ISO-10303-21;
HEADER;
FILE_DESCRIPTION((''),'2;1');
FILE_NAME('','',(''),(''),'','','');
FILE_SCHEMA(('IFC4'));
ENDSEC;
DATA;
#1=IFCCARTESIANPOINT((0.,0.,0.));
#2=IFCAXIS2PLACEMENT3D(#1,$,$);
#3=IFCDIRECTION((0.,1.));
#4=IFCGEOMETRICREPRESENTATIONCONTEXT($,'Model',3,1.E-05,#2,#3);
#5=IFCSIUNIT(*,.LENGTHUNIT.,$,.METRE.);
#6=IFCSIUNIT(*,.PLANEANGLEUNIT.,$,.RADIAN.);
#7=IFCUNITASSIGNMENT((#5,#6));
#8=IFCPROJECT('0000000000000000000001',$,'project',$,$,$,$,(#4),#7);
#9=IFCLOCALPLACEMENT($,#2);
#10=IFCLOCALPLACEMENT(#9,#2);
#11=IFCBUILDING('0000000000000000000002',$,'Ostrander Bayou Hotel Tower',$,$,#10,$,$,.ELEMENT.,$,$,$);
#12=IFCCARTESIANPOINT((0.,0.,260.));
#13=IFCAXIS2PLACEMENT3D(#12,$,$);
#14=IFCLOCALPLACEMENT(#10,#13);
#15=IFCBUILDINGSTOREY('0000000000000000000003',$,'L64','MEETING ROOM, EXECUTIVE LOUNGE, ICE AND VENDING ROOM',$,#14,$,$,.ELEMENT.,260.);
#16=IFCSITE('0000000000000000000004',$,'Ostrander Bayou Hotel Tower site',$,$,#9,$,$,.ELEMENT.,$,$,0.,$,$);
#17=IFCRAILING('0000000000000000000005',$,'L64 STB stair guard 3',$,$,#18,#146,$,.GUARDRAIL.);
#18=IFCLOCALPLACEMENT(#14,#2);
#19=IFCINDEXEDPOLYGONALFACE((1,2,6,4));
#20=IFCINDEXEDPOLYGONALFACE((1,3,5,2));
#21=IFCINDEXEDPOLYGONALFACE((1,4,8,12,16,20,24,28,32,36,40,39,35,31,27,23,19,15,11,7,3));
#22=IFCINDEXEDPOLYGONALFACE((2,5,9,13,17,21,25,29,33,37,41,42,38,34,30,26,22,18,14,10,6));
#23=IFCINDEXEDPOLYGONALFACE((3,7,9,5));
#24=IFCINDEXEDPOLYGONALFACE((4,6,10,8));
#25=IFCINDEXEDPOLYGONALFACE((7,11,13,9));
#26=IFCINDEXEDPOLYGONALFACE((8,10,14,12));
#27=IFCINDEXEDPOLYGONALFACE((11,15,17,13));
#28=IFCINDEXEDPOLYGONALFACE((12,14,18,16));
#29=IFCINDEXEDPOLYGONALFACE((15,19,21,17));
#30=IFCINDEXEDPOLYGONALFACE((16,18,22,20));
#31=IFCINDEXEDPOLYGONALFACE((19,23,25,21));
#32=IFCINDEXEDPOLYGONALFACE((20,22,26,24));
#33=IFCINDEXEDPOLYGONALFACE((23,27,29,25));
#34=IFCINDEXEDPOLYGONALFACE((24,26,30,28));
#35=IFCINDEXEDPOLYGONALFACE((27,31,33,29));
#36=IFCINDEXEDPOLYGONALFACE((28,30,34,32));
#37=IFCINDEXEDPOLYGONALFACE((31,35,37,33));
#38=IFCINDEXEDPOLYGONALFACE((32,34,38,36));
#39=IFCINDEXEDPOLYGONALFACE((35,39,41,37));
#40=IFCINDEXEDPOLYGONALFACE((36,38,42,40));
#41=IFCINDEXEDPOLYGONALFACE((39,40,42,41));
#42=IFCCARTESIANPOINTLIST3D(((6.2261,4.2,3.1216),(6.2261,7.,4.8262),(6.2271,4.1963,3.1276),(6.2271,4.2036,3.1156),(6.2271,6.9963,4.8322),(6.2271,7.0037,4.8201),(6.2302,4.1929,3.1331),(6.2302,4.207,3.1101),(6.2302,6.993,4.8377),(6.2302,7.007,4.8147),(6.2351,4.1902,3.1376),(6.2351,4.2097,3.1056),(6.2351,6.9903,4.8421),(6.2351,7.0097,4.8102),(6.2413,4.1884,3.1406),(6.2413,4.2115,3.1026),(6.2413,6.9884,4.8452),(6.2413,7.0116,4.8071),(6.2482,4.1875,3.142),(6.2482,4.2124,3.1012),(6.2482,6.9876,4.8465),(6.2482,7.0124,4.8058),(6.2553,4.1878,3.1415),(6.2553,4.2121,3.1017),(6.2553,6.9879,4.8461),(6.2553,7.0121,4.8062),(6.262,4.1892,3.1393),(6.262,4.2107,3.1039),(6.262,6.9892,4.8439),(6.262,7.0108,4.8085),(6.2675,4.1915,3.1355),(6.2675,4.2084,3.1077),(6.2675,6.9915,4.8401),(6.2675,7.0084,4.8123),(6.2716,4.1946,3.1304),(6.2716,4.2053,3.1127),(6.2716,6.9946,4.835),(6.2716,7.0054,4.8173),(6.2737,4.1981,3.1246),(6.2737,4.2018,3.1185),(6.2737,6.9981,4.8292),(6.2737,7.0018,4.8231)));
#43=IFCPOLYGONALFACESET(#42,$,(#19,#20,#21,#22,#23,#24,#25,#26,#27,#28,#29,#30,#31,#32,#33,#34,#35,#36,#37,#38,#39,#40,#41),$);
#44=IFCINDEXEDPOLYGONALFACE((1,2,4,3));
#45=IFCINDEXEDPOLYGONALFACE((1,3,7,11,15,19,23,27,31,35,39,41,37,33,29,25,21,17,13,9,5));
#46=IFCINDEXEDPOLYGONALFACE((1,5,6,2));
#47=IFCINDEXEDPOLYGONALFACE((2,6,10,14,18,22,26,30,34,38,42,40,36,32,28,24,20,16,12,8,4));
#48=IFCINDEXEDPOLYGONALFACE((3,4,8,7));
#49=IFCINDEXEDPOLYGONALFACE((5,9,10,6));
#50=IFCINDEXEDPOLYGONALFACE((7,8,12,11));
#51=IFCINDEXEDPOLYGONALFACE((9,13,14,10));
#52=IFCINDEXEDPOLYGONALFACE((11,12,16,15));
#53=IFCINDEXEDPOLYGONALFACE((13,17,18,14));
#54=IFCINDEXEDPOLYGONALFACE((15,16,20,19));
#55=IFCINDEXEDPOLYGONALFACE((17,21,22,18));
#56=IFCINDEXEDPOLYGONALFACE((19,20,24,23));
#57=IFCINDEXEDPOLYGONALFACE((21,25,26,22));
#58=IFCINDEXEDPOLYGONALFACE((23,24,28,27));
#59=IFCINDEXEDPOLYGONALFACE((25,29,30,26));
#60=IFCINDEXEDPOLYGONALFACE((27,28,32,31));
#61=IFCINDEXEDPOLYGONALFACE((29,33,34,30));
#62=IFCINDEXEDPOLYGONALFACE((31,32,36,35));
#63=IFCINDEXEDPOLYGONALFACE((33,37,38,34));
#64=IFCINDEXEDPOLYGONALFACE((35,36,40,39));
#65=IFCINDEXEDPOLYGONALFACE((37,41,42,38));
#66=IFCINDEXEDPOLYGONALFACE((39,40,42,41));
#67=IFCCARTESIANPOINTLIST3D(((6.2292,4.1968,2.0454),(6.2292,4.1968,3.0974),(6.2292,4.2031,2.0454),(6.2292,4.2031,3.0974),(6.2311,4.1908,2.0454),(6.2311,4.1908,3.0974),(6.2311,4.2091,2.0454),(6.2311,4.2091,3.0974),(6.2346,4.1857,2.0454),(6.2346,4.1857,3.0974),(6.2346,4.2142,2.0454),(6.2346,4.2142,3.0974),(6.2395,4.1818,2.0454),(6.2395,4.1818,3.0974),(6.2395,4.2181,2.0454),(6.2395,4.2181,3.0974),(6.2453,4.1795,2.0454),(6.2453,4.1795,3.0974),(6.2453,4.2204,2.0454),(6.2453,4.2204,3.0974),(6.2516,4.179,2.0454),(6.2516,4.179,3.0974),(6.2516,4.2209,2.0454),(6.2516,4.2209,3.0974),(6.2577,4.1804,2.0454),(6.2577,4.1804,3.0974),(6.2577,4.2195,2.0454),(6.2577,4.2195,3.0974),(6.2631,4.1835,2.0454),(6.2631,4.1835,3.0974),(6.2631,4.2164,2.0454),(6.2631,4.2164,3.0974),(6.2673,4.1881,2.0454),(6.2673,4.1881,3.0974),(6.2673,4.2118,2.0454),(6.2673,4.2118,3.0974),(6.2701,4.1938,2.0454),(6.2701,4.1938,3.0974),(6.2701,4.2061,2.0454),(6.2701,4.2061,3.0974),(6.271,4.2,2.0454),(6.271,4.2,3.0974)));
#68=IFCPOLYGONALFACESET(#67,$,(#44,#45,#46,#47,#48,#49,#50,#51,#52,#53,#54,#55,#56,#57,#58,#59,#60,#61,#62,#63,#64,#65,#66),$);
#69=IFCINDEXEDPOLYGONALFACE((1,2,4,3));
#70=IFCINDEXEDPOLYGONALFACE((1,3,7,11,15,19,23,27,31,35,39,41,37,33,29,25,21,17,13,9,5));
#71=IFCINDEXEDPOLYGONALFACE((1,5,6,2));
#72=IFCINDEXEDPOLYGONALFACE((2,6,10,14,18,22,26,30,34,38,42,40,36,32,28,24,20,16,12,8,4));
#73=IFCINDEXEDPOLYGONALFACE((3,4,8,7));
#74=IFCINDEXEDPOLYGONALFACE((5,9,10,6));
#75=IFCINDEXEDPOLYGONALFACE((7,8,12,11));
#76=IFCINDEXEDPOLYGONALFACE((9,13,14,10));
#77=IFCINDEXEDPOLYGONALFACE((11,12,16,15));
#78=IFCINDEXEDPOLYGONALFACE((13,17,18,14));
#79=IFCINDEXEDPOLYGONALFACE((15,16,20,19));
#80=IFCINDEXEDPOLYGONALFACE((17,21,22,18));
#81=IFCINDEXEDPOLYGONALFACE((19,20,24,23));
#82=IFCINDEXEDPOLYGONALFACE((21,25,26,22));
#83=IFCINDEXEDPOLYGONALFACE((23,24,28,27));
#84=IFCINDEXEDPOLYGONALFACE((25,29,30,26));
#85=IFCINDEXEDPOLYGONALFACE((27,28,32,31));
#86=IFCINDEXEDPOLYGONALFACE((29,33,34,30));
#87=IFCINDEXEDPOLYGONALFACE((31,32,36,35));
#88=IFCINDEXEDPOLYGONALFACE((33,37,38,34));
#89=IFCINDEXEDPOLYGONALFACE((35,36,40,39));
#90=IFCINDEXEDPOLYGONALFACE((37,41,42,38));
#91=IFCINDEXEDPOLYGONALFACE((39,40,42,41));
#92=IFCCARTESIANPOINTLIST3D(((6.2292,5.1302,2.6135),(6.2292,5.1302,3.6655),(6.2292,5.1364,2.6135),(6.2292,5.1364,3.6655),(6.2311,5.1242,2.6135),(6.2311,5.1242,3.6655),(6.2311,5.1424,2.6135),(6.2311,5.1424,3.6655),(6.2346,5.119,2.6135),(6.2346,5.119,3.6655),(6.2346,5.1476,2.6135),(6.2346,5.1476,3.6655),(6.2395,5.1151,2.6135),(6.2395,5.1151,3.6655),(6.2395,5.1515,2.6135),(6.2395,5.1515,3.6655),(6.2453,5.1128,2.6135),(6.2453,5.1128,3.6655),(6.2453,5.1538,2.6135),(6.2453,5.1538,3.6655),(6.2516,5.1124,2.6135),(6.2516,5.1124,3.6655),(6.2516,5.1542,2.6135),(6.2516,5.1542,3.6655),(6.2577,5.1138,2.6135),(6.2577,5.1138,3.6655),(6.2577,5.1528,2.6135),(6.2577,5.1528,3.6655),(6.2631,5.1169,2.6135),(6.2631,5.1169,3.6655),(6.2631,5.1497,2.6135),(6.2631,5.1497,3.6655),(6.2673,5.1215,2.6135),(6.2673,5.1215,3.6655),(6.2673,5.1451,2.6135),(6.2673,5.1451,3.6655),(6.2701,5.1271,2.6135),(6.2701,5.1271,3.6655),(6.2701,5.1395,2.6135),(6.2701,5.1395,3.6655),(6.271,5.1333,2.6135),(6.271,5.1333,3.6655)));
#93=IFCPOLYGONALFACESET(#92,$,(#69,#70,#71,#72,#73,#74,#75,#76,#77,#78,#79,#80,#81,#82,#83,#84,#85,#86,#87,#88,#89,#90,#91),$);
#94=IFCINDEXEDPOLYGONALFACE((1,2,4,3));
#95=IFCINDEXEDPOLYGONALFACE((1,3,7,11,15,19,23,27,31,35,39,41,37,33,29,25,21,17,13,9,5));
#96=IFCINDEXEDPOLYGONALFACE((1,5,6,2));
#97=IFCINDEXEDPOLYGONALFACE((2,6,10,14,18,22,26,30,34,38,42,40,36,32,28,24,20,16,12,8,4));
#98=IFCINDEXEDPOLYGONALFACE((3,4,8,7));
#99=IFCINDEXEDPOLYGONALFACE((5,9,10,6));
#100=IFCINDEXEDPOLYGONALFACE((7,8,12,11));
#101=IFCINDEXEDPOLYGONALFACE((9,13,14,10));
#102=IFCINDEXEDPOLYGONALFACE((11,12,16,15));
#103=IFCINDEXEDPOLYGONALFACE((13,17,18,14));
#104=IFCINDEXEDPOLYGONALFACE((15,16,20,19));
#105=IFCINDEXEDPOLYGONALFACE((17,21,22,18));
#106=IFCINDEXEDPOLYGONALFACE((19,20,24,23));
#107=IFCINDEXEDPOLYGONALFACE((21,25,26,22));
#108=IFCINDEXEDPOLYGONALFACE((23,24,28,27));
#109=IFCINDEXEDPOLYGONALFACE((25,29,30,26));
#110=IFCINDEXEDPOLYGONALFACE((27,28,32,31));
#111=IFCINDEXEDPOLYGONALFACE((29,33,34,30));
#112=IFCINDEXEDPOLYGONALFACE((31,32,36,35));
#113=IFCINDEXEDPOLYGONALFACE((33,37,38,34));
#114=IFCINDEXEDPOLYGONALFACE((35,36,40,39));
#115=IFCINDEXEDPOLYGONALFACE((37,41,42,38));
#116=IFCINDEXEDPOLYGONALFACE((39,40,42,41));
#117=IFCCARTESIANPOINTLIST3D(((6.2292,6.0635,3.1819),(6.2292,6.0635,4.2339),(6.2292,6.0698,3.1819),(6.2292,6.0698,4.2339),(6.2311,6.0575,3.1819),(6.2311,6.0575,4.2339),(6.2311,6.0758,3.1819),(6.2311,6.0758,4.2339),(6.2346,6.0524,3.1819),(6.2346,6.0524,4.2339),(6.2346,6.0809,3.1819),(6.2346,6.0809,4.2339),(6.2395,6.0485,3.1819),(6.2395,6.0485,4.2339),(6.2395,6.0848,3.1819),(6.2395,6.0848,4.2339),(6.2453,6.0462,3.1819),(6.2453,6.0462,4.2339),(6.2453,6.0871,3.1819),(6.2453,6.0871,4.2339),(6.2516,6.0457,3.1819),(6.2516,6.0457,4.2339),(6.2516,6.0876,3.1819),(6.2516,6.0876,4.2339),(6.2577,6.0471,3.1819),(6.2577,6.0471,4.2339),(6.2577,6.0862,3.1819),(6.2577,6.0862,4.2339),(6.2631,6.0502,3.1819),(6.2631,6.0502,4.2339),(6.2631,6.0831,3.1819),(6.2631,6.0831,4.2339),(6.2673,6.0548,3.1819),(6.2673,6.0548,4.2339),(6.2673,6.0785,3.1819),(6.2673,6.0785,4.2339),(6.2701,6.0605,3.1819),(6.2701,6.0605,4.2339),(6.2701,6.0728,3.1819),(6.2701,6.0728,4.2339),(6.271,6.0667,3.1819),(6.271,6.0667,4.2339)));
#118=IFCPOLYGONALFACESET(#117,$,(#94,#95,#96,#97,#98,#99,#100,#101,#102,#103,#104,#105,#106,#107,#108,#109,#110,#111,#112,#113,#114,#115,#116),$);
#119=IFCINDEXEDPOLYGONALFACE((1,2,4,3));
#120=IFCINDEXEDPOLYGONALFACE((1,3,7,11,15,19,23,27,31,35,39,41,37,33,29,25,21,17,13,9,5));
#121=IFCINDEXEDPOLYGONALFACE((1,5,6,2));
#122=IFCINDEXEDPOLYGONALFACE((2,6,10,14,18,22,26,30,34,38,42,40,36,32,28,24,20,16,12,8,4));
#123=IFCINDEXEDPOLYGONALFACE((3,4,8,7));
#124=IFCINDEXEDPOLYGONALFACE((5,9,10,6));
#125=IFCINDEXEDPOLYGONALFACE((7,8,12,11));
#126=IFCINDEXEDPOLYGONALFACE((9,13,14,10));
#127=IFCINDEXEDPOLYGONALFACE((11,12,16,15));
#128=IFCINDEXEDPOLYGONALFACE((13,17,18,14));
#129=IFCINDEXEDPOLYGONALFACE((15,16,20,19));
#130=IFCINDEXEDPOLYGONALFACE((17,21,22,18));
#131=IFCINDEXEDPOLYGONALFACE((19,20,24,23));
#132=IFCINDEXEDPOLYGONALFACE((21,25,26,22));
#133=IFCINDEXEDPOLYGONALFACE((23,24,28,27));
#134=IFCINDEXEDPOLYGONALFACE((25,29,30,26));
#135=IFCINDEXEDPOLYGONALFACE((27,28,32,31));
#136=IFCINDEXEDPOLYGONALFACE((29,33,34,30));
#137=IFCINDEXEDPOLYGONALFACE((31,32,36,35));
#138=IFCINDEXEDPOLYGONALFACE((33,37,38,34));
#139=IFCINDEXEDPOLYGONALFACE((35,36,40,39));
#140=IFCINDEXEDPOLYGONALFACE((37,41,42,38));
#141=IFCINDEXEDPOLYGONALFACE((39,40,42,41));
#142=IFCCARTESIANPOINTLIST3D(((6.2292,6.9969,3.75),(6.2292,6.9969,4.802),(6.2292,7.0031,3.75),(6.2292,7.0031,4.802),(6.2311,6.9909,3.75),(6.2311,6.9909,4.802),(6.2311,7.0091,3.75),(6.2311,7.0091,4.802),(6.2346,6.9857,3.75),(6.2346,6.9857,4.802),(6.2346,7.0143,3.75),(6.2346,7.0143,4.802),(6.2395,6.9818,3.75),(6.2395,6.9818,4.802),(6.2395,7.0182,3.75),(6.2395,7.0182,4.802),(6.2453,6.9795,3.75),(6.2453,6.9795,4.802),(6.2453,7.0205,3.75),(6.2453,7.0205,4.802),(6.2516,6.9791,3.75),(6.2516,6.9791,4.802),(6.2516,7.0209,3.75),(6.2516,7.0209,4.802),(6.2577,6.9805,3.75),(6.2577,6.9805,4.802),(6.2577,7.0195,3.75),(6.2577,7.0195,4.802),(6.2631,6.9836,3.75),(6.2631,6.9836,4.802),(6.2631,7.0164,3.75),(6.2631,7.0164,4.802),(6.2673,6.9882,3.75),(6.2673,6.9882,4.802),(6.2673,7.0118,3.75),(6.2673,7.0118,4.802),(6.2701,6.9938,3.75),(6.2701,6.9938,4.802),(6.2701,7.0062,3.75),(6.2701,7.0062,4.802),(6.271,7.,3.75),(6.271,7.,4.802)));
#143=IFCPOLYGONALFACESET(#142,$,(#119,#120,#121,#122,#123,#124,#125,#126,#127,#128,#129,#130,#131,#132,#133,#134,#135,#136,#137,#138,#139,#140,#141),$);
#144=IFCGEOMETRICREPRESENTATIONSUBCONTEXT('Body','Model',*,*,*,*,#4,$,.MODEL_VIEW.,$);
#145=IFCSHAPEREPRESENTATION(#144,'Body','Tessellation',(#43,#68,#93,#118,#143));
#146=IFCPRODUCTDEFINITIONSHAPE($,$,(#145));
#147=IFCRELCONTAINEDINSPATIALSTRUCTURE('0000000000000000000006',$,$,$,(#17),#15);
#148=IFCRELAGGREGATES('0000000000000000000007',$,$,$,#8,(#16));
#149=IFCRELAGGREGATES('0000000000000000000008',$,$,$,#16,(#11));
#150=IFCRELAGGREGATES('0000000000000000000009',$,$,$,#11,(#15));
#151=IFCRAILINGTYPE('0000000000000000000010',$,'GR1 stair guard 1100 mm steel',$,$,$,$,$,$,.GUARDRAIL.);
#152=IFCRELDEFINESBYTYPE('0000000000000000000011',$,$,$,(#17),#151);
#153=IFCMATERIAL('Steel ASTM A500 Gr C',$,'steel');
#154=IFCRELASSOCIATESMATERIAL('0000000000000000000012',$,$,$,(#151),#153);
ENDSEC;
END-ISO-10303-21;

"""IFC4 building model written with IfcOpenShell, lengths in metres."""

from ifc_helpers import new_model, si_unit, direction, frame, origin, origin_2d, place, context, subcontext, project, spatial, circle, extrude, material, type_object, element, save


model = new_model("IFC4")

# Units and contexts
model_context = context("Model", 3, precision=1e-05, world=origin(), true_north=direction((0.0, 1.0)))
body_context = subcontext(model_context, "Body", "Model", "MODEL_VIEW")
ifc_project = project(units=[si_unit("LENGTHUNIT", "METRE"), si_unit("PLANEANGLEUNIT", "RADIAN")], contexts=[model_context])

# Site, building, storey
site_placement = place(None, origin())
site = spatial("IfcSite", under=ifc_project, at=site_placement, Name="Ostrander Bayou Hotel Tower site", CompositionType="ELEMENT", RefElevation=0.0)
building_placement = place(site_placement, origin())
building = spatial("IfcBuilding", under=site, at=building_placement, Name="Ostrander Bayou Hotel Tower", CompositionType="ELEMENT")
storey_placement = place(building_placement, frame((0.0, 0.0, 260.0)))
storey = spatial("IfcBuildingStorey", under=building, at=storey_placement, Name="L64", Description="MEETING ROOM, EXECUTIVE LOUNGE, ICE AND VENDING ROOM", CompositionType="ELEMENT", Elevation=260.0)

# Railing
ifc_material_1 = material(Name="Steel ASTM A500 Gr C", Category="steel")
railing_type_1 = type_object("IfcRailingType", Name="GR1 stair guard 1100 mm steel", PredefinedType="GUARDRAIL", material=ifc_material_1)
railing_1_placement = place(storey_placement, frame((6.25, 4.2, 2.0454)))
element("IfcRailing", 1, at=railing_1_placement, inside=storey, type_object=railing_type_1, Name="L64 STB stair guard 3", PredefinedType="GUARDRAIL", context=body_context, shape_type="SweptSolid", body=[
    extrude(circle(Radius=0.0239, at=origin_2d()), frame((0.0, 0.0, 1.0762), z_axis=(0.0, 0.85417, 0.519994), x_axis=(-1.0, 0.0, 0.0)), (0.0, 0.0, 1.0), 3.2781),
    extrude(circle(Radius=0.021, at=origin_2d()), origin(), (0.0, 0.0, 1.0), 1.052),
    extrude(circle(Radius=0.021, at=origin_2d()), frame((0.0, 0.9333, 0.5681)), (0.0, 0.0, 1.0), 1.052),
    extrude(circle(Radius=0.021, at=origin_2d()), frame((0.0, 1.8667, 1.1365)), (0.0, 0.0, 1.0), 1.052),
    extrude(circle(Radius=0.021, at=origin_2d()), frame((0.0, 2.8, 1.7046)), (0.0, 0.0, 1.0), 1.052),
])

save(model, "model.ifc")
